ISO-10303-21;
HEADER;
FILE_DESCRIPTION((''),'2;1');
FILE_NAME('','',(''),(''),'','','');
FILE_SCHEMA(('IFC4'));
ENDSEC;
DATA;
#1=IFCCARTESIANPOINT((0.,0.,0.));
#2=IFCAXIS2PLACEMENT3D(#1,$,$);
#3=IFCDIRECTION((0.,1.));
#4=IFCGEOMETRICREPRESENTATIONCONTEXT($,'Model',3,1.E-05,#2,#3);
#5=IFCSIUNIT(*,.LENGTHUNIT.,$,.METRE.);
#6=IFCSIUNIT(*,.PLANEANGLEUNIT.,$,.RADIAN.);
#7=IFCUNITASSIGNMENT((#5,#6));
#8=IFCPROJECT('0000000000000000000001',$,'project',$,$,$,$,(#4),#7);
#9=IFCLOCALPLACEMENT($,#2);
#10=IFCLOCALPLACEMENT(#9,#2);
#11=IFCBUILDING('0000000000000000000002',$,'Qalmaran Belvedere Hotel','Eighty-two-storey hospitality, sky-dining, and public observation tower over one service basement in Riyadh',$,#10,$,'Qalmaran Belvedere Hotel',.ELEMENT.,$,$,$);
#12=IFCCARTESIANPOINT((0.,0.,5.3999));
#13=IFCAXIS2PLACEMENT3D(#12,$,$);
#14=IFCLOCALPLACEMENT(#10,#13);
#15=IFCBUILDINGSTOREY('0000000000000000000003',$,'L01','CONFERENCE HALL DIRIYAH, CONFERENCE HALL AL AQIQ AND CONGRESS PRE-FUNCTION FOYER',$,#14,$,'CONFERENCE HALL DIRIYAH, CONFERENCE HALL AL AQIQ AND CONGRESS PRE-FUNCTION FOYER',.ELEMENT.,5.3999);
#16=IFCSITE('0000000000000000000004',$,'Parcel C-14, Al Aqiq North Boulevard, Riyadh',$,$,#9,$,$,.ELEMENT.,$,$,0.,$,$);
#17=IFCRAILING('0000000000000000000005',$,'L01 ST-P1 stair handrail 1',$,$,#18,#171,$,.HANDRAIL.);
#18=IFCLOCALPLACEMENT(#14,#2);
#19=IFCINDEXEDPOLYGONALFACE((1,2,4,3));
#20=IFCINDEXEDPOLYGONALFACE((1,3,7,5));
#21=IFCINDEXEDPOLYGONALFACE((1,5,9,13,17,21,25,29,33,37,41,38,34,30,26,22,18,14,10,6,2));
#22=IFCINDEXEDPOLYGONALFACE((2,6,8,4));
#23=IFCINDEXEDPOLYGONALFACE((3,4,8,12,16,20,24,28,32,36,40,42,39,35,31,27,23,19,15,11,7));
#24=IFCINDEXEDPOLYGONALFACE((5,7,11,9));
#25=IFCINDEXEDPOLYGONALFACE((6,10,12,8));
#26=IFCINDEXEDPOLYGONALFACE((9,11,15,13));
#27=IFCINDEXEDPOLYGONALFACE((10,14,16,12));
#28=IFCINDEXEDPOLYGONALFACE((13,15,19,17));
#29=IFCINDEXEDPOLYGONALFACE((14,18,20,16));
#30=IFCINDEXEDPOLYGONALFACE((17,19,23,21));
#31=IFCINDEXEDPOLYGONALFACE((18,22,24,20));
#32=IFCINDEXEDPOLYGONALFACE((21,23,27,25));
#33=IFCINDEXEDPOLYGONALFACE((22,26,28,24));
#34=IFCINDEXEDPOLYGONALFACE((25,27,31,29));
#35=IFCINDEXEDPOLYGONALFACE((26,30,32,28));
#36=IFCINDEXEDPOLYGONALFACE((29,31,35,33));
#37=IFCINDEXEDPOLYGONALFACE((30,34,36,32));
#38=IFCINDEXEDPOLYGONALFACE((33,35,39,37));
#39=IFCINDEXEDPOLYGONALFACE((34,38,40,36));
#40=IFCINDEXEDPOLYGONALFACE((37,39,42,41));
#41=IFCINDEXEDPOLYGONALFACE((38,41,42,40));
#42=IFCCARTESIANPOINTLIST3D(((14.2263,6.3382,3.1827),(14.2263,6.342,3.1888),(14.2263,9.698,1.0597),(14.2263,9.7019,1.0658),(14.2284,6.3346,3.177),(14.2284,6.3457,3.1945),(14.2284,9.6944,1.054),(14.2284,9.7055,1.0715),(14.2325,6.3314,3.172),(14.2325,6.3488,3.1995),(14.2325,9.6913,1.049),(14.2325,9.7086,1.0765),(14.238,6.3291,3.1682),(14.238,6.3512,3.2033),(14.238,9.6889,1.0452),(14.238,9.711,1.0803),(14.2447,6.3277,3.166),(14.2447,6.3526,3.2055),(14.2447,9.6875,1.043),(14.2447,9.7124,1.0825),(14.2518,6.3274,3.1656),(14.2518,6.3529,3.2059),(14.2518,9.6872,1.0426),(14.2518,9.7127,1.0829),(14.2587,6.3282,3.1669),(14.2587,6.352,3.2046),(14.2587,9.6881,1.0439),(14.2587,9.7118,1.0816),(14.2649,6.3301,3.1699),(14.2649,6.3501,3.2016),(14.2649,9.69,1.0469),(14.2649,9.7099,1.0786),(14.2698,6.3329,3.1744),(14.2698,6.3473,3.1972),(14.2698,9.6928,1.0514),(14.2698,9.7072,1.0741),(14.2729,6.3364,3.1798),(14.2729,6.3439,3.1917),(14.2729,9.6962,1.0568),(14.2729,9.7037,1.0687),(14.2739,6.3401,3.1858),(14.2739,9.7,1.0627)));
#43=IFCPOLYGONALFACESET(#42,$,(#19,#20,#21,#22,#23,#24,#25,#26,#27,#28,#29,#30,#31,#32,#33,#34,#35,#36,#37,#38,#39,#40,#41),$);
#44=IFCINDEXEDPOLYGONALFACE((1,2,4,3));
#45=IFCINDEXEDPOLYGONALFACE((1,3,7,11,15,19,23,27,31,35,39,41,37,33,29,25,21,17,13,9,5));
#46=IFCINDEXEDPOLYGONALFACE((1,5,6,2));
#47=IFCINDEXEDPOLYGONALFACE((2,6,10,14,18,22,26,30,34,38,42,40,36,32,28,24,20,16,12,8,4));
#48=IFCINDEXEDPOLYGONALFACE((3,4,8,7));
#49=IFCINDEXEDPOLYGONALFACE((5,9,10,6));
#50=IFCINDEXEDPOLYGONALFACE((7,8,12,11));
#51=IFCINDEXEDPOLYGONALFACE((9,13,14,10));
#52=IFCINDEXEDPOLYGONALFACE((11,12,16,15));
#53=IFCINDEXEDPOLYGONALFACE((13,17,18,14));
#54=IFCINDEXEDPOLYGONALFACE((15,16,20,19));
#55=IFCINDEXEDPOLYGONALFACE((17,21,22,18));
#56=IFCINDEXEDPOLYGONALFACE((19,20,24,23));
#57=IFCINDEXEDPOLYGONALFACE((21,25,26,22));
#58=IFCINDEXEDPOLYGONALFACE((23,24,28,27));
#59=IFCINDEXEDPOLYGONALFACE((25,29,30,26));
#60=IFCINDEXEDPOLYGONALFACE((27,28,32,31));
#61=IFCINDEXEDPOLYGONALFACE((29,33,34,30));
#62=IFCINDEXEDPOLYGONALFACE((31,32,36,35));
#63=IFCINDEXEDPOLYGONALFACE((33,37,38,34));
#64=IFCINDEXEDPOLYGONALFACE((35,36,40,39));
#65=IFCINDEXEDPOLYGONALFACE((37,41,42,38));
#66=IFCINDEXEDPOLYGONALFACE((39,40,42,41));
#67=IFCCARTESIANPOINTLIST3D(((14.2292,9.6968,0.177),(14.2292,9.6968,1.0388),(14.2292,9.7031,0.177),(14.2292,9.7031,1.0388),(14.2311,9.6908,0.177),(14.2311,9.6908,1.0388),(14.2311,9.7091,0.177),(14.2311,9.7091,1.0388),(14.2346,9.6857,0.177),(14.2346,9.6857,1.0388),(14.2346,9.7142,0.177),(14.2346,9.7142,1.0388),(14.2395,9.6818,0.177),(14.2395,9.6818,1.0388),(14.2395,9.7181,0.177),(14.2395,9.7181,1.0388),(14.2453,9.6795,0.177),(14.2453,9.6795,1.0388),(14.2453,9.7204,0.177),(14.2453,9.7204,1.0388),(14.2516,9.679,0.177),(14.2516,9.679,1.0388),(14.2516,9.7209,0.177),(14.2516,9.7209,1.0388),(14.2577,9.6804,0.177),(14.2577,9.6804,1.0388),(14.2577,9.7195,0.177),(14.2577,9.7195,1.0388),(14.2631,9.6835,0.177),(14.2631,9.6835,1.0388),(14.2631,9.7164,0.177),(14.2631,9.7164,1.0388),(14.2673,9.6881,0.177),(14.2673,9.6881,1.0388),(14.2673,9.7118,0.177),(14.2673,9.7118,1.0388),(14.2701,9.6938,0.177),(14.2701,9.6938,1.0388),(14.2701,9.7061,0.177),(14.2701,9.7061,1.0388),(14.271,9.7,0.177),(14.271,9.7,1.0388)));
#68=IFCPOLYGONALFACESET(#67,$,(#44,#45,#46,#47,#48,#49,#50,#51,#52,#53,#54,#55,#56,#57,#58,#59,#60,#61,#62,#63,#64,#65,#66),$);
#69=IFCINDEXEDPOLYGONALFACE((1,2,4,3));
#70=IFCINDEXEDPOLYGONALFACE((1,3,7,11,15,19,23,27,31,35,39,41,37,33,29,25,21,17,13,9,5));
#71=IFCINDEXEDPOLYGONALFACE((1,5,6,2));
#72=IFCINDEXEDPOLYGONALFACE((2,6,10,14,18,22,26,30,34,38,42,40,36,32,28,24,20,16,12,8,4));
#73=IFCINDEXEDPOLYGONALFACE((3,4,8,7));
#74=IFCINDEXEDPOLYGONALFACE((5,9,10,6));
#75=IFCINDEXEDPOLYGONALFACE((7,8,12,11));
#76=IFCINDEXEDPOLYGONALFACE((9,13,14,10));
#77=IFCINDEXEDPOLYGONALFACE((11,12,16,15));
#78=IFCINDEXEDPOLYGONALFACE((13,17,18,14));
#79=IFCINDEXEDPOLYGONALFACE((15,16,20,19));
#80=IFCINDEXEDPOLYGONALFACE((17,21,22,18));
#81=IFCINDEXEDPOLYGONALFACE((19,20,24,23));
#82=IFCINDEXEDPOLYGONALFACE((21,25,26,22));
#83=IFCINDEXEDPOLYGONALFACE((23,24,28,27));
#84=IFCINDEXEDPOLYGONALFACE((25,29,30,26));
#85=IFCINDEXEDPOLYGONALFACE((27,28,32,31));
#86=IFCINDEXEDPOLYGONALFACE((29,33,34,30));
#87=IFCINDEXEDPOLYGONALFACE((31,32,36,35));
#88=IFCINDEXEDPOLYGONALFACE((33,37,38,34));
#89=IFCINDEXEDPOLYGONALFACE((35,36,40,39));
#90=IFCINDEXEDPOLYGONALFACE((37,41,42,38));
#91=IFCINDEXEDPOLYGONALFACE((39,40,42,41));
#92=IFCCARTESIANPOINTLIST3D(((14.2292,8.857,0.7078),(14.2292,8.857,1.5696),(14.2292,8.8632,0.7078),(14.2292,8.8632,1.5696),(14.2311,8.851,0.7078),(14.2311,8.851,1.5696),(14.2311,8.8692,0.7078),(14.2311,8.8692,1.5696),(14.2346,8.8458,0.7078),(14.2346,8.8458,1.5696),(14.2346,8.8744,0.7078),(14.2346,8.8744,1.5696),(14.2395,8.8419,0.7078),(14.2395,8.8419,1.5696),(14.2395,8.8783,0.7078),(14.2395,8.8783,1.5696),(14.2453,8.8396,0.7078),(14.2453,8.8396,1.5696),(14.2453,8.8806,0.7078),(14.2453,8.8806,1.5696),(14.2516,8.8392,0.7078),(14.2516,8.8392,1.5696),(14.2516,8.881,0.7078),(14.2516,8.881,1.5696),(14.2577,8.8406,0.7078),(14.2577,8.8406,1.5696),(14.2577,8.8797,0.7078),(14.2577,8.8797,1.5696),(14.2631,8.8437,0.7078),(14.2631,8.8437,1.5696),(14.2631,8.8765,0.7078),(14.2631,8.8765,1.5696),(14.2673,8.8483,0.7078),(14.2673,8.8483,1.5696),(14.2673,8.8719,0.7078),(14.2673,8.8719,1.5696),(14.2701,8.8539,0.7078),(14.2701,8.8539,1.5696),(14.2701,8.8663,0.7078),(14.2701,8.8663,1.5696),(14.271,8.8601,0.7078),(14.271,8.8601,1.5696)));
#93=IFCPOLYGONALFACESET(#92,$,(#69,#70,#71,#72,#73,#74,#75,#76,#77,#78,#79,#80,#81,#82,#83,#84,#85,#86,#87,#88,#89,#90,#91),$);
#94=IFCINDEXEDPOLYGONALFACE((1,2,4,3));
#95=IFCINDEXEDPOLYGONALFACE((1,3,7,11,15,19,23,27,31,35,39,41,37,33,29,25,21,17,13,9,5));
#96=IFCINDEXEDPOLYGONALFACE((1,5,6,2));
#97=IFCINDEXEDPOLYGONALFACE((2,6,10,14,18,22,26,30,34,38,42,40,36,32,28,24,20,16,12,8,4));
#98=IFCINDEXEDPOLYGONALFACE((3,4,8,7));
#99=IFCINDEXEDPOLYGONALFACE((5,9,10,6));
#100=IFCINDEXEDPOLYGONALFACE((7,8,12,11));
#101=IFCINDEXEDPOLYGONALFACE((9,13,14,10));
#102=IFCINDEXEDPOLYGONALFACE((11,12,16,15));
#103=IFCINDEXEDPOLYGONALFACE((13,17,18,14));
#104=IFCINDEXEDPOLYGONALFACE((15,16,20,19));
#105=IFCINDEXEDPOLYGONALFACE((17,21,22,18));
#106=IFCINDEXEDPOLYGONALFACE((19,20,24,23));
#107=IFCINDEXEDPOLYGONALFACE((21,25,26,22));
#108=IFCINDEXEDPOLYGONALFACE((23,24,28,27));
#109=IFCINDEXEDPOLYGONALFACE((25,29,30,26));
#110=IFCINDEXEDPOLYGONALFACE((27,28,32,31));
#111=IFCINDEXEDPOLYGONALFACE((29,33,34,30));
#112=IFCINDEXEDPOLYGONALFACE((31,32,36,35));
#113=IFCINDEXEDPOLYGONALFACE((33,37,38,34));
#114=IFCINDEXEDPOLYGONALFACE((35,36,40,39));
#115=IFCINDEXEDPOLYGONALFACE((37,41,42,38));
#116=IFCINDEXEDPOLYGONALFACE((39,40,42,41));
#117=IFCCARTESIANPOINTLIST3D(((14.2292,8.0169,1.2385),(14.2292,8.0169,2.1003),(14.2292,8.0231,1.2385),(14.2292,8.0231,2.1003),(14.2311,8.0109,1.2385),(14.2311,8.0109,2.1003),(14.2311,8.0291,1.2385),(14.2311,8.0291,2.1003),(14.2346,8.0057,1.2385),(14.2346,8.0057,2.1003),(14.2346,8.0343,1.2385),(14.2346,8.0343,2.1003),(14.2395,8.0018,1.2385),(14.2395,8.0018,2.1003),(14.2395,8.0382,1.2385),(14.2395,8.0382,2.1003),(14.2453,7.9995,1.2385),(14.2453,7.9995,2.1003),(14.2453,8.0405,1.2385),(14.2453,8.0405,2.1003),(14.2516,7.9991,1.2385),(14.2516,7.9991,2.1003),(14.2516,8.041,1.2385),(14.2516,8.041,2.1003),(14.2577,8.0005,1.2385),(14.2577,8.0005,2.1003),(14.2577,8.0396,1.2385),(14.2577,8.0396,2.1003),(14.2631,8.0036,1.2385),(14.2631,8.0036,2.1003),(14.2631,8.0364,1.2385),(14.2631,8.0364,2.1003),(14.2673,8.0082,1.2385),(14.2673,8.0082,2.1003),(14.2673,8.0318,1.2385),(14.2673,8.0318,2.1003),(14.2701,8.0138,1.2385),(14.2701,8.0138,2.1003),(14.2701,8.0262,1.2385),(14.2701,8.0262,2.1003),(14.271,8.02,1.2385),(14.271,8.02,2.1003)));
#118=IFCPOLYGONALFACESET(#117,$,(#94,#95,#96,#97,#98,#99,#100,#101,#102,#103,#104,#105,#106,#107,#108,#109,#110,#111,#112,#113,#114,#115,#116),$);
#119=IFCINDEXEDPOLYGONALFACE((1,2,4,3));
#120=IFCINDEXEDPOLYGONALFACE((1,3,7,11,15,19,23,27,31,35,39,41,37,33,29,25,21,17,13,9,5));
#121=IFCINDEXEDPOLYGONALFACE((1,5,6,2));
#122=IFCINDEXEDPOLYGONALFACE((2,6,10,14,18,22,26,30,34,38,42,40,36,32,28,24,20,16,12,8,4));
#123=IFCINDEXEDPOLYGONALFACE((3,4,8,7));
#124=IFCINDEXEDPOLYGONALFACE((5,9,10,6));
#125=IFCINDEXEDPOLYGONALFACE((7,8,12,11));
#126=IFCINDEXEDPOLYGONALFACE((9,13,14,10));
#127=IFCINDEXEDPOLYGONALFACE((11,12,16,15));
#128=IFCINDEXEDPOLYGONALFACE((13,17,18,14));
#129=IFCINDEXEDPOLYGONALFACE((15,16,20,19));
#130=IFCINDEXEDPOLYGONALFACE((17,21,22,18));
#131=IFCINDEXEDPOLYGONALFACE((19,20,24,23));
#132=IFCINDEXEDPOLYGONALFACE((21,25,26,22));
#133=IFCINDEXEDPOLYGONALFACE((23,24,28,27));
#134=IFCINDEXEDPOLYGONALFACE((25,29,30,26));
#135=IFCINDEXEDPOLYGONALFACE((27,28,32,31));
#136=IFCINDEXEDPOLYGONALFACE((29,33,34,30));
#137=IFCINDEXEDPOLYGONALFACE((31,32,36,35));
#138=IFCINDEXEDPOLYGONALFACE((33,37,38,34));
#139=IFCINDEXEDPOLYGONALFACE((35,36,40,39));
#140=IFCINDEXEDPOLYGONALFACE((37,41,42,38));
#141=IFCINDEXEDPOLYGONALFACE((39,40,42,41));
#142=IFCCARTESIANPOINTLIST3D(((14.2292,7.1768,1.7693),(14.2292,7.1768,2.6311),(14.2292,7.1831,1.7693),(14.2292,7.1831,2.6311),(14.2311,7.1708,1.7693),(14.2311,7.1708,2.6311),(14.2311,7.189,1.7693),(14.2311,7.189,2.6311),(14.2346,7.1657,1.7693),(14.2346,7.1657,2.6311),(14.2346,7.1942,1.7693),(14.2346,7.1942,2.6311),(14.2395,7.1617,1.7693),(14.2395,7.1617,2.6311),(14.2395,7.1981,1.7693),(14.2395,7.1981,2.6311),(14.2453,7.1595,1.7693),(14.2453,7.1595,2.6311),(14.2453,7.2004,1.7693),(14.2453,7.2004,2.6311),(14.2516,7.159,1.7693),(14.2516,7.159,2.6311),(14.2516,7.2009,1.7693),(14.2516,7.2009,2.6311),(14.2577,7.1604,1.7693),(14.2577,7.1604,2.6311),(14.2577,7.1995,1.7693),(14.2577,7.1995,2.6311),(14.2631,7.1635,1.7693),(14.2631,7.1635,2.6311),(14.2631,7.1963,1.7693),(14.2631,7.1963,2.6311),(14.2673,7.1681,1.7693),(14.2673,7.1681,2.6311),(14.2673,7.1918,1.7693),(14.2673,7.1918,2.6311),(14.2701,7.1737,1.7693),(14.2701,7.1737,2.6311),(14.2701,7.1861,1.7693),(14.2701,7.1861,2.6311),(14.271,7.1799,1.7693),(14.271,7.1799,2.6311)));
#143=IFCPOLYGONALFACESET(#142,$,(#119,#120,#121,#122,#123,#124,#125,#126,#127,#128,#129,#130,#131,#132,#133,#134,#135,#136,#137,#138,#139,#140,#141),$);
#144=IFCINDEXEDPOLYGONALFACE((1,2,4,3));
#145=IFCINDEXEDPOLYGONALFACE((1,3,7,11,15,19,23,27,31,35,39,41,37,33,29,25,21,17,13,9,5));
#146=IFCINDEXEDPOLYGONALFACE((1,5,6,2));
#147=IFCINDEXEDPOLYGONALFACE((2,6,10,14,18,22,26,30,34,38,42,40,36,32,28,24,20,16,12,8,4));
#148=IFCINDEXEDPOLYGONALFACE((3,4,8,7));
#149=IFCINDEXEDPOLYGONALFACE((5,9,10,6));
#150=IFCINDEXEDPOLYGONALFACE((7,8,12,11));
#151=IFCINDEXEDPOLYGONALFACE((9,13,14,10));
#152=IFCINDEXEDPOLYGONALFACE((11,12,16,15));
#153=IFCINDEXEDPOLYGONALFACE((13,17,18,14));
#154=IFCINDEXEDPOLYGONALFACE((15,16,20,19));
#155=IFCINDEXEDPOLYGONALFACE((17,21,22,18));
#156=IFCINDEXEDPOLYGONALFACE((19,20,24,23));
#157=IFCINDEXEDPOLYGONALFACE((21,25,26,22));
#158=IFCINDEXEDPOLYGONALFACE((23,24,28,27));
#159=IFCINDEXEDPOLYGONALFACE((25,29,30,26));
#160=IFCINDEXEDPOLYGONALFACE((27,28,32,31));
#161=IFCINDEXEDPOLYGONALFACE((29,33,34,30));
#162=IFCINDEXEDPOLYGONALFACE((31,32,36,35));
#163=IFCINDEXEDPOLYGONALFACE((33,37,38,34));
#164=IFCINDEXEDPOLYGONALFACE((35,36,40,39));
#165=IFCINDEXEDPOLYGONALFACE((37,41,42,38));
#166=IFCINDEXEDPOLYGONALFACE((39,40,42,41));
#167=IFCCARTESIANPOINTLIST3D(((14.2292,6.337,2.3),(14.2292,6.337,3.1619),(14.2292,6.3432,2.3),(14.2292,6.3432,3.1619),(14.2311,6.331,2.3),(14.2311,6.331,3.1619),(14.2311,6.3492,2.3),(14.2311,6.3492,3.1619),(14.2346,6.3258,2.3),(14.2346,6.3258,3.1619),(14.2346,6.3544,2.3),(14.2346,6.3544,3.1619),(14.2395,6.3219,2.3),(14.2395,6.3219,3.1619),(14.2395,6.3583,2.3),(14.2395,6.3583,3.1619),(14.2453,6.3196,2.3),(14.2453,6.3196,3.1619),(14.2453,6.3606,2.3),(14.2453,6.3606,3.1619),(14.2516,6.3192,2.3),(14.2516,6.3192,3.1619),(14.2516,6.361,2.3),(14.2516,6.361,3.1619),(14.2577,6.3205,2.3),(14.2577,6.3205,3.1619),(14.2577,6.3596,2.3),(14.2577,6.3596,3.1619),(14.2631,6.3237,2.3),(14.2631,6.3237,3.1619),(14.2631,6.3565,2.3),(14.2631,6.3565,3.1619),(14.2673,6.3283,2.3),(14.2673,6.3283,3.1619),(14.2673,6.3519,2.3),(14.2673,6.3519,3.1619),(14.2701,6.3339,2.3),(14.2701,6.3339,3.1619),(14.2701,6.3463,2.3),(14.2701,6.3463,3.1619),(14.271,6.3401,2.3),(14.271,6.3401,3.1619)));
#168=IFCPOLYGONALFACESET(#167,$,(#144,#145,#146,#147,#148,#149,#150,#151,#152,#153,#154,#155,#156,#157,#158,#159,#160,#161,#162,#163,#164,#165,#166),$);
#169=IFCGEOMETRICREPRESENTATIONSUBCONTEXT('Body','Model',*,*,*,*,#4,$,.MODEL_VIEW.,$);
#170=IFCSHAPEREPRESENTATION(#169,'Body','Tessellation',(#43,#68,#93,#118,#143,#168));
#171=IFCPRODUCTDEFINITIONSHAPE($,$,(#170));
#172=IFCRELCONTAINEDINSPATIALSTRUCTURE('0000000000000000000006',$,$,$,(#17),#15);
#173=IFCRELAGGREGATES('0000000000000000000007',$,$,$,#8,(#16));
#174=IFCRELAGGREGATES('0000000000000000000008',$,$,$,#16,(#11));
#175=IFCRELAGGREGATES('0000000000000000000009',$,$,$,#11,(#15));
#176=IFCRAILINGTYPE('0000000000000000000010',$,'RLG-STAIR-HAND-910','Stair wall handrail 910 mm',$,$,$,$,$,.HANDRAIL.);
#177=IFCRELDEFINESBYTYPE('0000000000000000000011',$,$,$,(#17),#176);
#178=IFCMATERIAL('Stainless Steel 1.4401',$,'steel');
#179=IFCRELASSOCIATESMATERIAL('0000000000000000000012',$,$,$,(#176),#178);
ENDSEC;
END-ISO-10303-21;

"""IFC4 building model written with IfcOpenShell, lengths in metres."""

from ifc_helpers import new_model, si_unit, direction, frame, origin, origin_2d, place, context, subcontext, project, spatial, circle, extrude, material, type_object, element, save


model = new_model("IFC4")

# Units and contexts
model_context = context("Model", 3, precision=1e-05, world=origin(), true_north=direction((0.0, 1.0)))
body_context = subcontext(model_context, "Body", "Model", "MODEL_VIEW")
ifc_project = project(units=[si_unit("LENGTHUNIT", "METRE"), si_unit("PLANEANGLEUNIT", "RADIAN")], contexts=[model_context])

# Site, building, storey
site_placement = place(None, origin())
site = spatial("IfcSite", under=ifc_project, at=site_placement, Name="Parcel C-14, Al Aqiq North Boulevard, Riyadh", CompositionType="ELEMENT", RefElevation=0.0)
building_placement = place(site_placement, origin())
building = spatial("IfcBuilding", under=site, at=building_placement, Name="Qalmaran Belvedere Hotel", Description="Eighty-two-storey hospitality, sky-dining, and public observation tower over one service basement in Riyadh", LongName="Qalmaran Belvedere Hotel", CompositionType="ELEMENT")
storey_placement = place(building_placement, frame((0.0, 0.0, 5.3999)))
storey = spatial("IfcBuildingStorey", under=building, at=storey_placement, Name="L01", Description="CONFERENCE HALL DIRIYAH, CONFERENCE HALL AL AQIQ AND CONGRESS PRE-FUNCTION FOYER", LongName="CONFERENCE HALL DIRIYAH, CONFERENCE HALL AL AQIQ AND CONGRESS PRE-FUNCTION FOYER", CompositionType="ELEMENT", Elevation=5.3999)

# Railing
ifc_material_1 = material(Name="Stainless Steel 1.4401", Category="steel")
railing_type_1 = type_object("IfcRailingType", Name="RLG-STAIR-HAND-910", Description="Stair wall handrail 910 mm", PredefinedType="HANDRAIL", material=ifc_material_1)
railing_1_placement = place(storey_placement, frame((14.25, 9.7, 0.177)))
element("IfcRailing", 1, at=railing_1_placement, inside=storey, type_object=railing_type_1, Name="L01 ST-P1 stair handrail 1", PredefinedType="HANDRAIL", context=body_context, shape_type="SweptSolid", body=[
    extrude(circle(Radius=0.0239, at=origin_2d()), frame((0.0, 0.0, 0.8857), z_axis=(0.0, -0.845372, 0.534178), x_axis=(1.0, 0.0, 0.0)), (0.0, 0.0, 1.0), 3.9744),
    extrude(circle(Radius=0.021, at=origin_2d()), origin(), (0.0, 0.0, 1.0), 0.8618),
    extrude(circle(Radius=0.021, at=origin_2d()), frame((0.0, -0.8398, 0.5308)), (0.0, 0.0, 1.0), 0.8618),
    extrude(circle(Radius=0.021, at=origin_2d()), frame((0.0, -1.6799, 1.0615)), (0.0, 0.0, 1.0), 0.8618),
    extrude(circle(Radius=0.021, at=origin_2d()), frame((0.0, -2.52, 1.5923)), (0.0, 0.0, 1.0), 0.8618),
    extrude(circle(Radius=0.021, at=origin_2d()), frame((0.0, -3.3599, 2.123)), (0.0, 0.0, 1.0), 0.8618),
])

save(model, "model.ifc")
